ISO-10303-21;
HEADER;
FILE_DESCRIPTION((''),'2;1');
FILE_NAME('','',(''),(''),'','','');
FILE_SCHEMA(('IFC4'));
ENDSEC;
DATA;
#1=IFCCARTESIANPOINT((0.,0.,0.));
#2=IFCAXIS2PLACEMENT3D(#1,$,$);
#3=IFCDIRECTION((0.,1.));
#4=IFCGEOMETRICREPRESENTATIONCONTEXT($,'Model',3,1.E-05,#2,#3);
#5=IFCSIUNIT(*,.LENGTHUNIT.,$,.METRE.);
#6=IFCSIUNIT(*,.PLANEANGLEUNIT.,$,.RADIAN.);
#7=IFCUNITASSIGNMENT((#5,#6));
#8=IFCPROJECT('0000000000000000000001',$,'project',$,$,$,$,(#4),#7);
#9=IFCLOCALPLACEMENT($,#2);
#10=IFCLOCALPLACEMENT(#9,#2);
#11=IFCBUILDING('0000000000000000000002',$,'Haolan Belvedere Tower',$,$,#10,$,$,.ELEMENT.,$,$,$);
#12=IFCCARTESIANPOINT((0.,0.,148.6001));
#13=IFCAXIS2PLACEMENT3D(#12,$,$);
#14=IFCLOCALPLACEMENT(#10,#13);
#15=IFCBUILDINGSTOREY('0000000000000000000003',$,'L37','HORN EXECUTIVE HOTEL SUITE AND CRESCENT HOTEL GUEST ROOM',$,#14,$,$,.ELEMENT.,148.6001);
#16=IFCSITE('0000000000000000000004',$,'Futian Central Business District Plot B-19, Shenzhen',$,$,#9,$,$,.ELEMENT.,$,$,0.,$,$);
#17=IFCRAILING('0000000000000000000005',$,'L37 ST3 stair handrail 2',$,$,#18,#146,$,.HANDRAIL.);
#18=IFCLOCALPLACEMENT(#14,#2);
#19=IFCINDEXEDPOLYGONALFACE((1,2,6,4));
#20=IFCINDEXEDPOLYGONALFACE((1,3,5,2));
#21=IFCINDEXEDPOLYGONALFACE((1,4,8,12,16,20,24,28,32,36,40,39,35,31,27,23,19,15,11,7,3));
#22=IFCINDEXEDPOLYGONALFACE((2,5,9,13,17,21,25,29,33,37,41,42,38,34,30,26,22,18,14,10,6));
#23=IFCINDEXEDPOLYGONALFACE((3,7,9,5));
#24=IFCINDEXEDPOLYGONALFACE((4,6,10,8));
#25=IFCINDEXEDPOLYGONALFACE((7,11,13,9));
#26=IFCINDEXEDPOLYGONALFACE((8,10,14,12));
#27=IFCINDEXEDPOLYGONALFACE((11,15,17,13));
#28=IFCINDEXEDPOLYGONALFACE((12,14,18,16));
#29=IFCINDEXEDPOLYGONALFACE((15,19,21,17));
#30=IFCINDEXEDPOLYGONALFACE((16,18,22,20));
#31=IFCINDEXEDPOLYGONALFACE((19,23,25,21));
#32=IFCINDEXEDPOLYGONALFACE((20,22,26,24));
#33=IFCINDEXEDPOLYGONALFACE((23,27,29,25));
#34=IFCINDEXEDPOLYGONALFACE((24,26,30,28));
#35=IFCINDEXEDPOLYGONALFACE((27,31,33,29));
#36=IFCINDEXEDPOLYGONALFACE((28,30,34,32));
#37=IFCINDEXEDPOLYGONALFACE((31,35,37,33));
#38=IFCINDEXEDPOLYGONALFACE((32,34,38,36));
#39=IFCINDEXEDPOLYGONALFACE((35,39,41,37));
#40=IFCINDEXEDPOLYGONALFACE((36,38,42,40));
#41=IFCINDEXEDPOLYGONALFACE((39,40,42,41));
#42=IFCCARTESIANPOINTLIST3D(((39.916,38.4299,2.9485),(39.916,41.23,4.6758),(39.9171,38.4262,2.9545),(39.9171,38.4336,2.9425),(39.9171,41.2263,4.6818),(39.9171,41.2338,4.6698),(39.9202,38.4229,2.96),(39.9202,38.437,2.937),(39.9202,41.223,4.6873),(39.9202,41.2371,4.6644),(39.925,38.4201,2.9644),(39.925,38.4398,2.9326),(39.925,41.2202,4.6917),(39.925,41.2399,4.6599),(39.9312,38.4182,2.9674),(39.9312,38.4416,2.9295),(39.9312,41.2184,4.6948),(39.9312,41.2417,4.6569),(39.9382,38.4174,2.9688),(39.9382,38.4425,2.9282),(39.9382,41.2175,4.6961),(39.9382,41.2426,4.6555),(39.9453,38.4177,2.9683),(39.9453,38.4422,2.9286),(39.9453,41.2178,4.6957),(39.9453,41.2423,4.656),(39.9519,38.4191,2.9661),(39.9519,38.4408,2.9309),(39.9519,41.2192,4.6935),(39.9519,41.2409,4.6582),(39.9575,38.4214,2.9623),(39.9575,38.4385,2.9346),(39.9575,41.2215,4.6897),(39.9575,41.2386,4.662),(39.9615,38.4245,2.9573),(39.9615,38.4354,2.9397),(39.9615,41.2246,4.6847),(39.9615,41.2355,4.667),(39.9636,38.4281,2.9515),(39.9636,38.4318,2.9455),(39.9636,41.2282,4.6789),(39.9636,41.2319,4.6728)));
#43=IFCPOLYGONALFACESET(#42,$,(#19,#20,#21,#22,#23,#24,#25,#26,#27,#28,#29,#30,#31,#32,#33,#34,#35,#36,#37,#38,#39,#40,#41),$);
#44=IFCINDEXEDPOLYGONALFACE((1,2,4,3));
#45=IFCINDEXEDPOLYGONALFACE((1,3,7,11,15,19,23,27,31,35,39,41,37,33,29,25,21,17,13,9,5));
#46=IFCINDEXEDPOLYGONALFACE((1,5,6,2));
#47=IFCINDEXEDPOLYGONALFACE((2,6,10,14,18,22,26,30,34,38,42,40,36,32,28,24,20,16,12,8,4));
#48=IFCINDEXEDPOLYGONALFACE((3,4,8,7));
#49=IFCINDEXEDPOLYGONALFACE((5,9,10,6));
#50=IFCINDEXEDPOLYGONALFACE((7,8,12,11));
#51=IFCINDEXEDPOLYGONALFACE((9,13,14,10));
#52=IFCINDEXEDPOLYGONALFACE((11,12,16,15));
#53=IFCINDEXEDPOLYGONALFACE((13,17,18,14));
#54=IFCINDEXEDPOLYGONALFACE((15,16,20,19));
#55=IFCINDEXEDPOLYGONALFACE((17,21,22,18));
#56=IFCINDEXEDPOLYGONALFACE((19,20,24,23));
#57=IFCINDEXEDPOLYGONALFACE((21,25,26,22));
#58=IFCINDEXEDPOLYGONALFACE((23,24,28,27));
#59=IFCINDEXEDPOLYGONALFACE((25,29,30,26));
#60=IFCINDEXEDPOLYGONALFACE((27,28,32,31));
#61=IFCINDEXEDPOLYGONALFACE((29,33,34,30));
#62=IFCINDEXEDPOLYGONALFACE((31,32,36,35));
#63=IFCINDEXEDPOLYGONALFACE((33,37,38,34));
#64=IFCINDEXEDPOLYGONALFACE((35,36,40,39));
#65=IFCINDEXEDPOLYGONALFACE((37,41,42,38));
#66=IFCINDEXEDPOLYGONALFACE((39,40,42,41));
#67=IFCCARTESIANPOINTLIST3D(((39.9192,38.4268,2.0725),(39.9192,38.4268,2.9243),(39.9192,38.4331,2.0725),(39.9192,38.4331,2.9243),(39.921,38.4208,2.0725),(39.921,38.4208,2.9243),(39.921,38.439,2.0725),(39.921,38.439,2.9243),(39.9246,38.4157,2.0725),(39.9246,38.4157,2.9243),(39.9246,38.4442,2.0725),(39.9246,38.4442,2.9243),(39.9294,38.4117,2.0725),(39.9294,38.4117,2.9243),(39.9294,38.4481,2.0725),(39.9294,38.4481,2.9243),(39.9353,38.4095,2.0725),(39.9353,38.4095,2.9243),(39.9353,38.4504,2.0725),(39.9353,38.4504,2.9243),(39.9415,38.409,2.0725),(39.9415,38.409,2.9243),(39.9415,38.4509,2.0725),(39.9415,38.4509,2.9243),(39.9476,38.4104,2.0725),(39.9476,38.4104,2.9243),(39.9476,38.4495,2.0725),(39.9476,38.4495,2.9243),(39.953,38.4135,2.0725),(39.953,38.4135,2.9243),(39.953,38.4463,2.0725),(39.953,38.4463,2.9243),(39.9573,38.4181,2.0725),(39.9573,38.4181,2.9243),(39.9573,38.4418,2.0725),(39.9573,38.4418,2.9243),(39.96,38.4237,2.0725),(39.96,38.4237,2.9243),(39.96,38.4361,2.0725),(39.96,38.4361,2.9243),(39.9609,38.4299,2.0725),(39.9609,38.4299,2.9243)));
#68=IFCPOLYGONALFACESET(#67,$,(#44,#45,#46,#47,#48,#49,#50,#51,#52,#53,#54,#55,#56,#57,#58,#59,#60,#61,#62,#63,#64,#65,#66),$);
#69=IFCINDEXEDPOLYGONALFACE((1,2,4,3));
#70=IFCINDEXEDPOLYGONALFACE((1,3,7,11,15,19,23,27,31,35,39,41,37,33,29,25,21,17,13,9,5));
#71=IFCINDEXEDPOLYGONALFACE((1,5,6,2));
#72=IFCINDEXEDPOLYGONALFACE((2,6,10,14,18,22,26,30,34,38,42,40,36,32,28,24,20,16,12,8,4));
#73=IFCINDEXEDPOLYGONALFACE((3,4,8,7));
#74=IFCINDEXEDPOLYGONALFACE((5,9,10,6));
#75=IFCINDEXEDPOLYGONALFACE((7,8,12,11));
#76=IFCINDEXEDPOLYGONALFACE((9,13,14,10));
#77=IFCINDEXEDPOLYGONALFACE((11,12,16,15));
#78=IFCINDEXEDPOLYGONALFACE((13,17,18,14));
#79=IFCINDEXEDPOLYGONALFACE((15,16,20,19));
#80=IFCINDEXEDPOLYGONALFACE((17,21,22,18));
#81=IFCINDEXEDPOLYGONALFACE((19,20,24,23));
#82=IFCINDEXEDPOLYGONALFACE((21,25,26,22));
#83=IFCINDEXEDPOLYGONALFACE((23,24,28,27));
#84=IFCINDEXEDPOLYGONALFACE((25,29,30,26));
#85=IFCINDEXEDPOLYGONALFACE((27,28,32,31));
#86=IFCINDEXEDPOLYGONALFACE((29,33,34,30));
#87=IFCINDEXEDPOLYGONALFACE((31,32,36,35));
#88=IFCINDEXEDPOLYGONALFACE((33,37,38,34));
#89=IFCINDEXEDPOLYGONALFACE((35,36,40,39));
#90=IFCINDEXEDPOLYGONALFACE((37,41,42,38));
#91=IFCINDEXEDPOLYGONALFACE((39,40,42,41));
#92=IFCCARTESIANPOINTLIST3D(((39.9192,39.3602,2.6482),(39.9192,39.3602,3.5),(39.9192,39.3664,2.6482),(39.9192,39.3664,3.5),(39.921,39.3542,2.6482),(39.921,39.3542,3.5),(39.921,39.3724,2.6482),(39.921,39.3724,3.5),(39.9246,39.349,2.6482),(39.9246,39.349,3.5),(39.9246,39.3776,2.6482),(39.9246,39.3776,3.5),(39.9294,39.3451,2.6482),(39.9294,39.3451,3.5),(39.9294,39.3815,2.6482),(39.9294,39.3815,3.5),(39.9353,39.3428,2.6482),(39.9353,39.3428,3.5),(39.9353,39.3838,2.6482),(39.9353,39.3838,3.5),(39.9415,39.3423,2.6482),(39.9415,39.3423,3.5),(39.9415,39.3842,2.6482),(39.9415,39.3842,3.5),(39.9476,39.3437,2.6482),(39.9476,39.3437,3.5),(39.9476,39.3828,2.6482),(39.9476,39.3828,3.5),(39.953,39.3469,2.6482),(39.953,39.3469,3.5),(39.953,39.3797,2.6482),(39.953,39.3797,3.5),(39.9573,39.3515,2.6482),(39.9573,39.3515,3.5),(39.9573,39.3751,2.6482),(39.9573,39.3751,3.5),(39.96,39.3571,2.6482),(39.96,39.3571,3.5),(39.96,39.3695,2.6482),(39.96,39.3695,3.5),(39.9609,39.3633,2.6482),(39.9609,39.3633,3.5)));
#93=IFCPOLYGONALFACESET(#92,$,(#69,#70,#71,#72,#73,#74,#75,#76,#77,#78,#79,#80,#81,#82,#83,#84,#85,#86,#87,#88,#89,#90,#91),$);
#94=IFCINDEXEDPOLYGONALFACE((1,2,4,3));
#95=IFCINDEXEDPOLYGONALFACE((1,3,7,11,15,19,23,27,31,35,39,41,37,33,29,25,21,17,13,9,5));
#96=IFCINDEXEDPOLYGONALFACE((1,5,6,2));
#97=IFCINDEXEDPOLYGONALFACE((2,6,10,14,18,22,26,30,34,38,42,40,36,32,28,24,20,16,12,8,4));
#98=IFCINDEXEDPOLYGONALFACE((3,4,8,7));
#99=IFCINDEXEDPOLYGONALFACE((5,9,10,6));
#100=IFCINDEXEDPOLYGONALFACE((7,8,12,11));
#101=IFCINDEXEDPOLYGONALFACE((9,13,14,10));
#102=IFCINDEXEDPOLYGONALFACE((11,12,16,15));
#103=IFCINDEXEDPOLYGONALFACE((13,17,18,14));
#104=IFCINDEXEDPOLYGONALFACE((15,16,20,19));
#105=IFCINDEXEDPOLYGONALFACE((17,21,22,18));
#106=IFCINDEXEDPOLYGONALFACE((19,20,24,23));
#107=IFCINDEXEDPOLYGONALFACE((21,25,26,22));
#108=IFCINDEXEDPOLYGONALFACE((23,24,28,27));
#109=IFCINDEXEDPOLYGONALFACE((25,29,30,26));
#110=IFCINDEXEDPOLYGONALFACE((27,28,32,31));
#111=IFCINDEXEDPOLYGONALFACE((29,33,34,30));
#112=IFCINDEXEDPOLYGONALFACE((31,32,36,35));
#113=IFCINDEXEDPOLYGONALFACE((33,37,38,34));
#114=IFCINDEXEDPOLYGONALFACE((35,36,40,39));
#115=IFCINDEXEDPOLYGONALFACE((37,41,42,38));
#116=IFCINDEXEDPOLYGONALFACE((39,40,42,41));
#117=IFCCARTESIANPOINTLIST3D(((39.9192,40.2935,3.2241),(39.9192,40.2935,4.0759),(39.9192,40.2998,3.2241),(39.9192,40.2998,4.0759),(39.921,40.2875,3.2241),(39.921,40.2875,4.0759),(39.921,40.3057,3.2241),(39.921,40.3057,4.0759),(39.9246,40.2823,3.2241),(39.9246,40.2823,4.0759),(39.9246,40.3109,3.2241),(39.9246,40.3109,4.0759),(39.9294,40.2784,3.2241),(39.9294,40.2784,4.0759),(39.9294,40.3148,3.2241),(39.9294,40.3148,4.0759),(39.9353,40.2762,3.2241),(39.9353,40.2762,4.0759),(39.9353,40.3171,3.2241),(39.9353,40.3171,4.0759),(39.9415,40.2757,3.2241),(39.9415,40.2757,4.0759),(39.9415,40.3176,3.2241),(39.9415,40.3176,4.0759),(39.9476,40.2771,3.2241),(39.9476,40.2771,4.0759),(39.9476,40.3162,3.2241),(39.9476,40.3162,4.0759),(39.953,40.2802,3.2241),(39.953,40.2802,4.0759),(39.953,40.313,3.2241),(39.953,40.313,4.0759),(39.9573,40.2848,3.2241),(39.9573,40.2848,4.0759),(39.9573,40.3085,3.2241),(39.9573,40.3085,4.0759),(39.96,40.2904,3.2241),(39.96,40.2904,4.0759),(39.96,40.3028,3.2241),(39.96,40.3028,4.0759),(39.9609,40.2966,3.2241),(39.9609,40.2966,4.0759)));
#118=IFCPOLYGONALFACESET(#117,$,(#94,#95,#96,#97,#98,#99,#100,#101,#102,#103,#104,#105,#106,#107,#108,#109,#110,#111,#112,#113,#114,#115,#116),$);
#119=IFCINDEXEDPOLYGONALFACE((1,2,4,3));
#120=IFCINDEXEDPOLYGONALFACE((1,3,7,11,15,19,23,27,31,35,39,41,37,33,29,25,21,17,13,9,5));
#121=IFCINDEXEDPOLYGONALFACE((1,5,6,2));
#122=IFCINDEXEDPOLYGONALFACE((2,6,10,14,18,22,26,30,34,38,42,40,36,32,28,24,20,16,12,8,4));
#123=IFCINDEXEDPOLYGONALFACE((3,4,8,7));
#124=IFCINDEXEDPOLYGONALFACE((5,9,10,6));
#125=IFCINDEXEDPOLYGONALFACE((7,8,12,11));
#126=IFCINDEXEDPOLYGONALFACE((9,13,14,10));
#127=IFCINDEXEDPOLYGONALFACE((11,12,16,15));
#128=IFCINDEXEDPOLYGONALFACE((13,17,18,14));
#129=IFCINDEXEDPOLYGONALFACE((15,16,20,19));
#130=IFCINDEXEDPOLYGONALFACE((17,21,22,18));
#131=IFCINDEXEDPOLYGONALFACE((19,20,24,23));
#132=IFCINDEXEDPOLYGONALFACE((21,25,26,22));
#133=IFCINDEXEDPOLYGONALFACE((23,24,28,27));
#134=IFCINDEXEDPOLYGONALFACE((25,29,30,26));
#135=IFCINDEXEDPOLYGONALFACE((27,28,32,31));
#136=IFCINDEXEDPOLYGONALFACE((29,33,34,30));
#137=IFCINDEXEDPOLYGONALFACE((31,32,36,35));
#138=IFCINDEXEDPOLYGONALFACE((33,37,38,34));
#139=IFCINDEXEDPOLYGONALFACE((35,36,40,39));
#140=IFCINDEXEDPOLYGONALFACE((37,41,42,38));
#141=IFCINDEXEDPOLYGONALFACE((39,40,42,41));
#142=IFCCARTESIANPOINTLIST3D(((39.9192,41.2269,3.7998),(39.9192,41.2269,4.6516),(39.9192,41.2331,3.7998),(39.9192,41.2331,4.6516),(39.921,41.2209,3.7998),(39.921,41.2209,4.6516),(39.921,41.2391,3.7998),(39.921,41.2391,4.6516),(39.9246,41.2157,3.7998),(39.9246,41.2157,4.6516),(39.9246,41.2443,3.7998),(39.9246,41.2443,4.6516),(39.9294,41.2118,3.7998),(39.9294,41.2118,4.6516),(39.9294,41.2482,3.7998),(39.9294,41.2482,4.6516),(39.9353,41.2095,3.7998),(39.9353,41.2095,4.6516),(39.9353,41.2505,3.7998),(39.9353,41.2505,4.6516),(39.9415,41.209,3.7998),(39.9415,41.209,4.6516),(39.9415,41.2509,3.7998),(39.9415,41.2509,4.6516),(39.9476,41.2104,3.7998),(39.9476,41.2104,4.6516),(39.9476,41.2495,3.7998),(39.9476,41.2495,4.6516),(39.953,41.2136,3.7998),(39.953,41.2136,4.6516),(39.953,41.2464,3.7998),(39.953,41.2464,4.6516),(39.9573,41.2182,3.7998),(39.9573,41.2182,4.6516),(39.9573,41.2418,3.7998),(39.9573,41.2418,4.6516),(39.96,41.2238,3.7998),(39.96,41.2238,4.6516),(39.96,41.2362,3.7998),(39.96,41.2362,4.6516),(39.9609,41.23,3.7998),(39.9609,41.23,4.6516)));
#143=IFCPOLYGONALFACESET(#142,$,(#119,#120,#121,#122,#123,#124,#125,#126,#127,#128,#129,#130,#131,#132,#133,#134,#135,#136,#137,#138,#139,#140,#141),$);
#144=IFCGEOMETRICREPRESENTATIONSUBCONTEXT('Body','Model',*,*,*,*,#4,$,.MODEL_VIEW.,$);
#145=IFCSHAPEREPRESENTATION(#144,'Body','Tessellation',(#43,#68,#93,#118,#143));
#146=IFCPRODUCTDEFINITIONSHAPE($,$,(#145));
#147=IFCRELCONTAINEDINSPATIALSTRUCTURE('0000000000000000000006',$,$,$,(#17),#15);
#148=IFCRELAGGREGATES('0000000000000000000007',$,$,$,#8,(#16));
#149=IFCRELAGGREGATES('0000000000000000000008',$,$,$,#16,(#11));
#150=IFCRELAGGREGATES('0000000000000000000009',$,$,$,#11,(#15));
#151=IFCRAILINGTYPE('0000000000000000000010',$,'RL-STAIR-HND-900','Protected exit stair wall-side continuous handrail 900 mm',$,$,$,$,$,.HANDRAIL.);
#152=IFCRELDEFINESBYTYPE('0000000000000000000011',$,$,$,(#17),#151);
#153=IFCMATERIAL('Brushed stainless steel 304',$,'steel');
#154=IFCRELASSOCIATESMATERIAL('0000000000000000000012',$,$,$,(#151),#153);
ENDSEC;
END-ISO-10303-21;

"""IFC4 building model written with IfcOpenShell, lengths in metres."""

from ifc_helpers import new_model, si_unit, direction, frame, origin, origin_2d, place, context, subcontext, project, spatial, circle, extrude, material, type_object, element, save


model = new_model("IFC4")

# Units and contexts
model_context = context("Model", 3, precision=1e-05, world=origin(), true_north=direction((0.0, 1.0)))
body_context = subcontext(model_context, "Body", "Model", "MODEL_VIEW")
ifc_project = project(units=[si_unit("LENGTHUNIT", "METRE"), si_unit("PLANEANGLEUNIT", "RADIAN")], contexts=[model_context])

# Site, building, storey
site_placement = place(None, origin())
site = spatial("IfcSite", under=ifc_project, at=site_placement, Name="Futian Central Business District Plot B-19, Shenzhen", CompositionType="ELEMENT", RefElevation=0.0)
building_placement = place(site_placement, origin())
building = spatial("IfcBuilding", under=site, at=building_placement, Name="Haolan Belvedere Tower", CompositionType="ELEMENT")
storey_placement = place(building_placement, frame((0.0, 0.0, 148.6001)))
storey = spatial("IfcBuildingStorey", under=building, at=storey_placement, Name="L37", Description="HORN EXECUTIVE HOTEL SUITE AND CRESCENT HOTEL GUEST ROOM", CompositionType="ELEMENT", Elevation=148.6001)

# Railing
ifc_material_1 = material(Name="Brushed stainless steel 304", Category="steel")
railing_type_1 = type_object("IfcRailingType", Name="RL-STAIR-HND-900", Description="Protected exit stair wall-side continuous handrail 900 mm", PredefinedType="HANDRAIL", material=ifc_material_1)
railing_1_placement = place(storey_placement, frame((39.9399, 38.4299, 2.0725)))
element("IfcRailing", 1, at=railing_1_placement, inside=storey, type_object=railing_type_1, Name="L37 ST3 stair handrail 2", PredefinedType="HANDRAIL", context=body_context, shape_type="SweptSolid", body=[
    extrude(circle(Radius=0.0239, at=origin_2d()), frame((0.0, 0.0, 0.876), z_axis=(0.0, 0.85109, 0.52502), x_axis=(-1.0, 0.0, 0.0)), (0.0, 0.0, 1.0), 3.29),
    extrude(circle(Radius=0.021, at=origin_2d()), origin(), (0.0, 0.0, 1.0), 0.8518),
    extrude(circle(Radius=0.021, at=origin_2d()), frame((0.0, 0.9333, 0.5757)), (0.0, 0.0, 1.0), 0.8518),
    extrude(circle(Radius=0.021, at=origin_2d()), frame((0.0, 1.8667, 1.1516)), (0.0, 0.0, 1.0), 0.8518),
    extrude(circle(Radius=0.021, at=origin_2d()), frame((0.0, 2.8, 1.7273)), (0.0, 0.0, 1.0), 0.8518),
])

save(model, "model.ifc")
